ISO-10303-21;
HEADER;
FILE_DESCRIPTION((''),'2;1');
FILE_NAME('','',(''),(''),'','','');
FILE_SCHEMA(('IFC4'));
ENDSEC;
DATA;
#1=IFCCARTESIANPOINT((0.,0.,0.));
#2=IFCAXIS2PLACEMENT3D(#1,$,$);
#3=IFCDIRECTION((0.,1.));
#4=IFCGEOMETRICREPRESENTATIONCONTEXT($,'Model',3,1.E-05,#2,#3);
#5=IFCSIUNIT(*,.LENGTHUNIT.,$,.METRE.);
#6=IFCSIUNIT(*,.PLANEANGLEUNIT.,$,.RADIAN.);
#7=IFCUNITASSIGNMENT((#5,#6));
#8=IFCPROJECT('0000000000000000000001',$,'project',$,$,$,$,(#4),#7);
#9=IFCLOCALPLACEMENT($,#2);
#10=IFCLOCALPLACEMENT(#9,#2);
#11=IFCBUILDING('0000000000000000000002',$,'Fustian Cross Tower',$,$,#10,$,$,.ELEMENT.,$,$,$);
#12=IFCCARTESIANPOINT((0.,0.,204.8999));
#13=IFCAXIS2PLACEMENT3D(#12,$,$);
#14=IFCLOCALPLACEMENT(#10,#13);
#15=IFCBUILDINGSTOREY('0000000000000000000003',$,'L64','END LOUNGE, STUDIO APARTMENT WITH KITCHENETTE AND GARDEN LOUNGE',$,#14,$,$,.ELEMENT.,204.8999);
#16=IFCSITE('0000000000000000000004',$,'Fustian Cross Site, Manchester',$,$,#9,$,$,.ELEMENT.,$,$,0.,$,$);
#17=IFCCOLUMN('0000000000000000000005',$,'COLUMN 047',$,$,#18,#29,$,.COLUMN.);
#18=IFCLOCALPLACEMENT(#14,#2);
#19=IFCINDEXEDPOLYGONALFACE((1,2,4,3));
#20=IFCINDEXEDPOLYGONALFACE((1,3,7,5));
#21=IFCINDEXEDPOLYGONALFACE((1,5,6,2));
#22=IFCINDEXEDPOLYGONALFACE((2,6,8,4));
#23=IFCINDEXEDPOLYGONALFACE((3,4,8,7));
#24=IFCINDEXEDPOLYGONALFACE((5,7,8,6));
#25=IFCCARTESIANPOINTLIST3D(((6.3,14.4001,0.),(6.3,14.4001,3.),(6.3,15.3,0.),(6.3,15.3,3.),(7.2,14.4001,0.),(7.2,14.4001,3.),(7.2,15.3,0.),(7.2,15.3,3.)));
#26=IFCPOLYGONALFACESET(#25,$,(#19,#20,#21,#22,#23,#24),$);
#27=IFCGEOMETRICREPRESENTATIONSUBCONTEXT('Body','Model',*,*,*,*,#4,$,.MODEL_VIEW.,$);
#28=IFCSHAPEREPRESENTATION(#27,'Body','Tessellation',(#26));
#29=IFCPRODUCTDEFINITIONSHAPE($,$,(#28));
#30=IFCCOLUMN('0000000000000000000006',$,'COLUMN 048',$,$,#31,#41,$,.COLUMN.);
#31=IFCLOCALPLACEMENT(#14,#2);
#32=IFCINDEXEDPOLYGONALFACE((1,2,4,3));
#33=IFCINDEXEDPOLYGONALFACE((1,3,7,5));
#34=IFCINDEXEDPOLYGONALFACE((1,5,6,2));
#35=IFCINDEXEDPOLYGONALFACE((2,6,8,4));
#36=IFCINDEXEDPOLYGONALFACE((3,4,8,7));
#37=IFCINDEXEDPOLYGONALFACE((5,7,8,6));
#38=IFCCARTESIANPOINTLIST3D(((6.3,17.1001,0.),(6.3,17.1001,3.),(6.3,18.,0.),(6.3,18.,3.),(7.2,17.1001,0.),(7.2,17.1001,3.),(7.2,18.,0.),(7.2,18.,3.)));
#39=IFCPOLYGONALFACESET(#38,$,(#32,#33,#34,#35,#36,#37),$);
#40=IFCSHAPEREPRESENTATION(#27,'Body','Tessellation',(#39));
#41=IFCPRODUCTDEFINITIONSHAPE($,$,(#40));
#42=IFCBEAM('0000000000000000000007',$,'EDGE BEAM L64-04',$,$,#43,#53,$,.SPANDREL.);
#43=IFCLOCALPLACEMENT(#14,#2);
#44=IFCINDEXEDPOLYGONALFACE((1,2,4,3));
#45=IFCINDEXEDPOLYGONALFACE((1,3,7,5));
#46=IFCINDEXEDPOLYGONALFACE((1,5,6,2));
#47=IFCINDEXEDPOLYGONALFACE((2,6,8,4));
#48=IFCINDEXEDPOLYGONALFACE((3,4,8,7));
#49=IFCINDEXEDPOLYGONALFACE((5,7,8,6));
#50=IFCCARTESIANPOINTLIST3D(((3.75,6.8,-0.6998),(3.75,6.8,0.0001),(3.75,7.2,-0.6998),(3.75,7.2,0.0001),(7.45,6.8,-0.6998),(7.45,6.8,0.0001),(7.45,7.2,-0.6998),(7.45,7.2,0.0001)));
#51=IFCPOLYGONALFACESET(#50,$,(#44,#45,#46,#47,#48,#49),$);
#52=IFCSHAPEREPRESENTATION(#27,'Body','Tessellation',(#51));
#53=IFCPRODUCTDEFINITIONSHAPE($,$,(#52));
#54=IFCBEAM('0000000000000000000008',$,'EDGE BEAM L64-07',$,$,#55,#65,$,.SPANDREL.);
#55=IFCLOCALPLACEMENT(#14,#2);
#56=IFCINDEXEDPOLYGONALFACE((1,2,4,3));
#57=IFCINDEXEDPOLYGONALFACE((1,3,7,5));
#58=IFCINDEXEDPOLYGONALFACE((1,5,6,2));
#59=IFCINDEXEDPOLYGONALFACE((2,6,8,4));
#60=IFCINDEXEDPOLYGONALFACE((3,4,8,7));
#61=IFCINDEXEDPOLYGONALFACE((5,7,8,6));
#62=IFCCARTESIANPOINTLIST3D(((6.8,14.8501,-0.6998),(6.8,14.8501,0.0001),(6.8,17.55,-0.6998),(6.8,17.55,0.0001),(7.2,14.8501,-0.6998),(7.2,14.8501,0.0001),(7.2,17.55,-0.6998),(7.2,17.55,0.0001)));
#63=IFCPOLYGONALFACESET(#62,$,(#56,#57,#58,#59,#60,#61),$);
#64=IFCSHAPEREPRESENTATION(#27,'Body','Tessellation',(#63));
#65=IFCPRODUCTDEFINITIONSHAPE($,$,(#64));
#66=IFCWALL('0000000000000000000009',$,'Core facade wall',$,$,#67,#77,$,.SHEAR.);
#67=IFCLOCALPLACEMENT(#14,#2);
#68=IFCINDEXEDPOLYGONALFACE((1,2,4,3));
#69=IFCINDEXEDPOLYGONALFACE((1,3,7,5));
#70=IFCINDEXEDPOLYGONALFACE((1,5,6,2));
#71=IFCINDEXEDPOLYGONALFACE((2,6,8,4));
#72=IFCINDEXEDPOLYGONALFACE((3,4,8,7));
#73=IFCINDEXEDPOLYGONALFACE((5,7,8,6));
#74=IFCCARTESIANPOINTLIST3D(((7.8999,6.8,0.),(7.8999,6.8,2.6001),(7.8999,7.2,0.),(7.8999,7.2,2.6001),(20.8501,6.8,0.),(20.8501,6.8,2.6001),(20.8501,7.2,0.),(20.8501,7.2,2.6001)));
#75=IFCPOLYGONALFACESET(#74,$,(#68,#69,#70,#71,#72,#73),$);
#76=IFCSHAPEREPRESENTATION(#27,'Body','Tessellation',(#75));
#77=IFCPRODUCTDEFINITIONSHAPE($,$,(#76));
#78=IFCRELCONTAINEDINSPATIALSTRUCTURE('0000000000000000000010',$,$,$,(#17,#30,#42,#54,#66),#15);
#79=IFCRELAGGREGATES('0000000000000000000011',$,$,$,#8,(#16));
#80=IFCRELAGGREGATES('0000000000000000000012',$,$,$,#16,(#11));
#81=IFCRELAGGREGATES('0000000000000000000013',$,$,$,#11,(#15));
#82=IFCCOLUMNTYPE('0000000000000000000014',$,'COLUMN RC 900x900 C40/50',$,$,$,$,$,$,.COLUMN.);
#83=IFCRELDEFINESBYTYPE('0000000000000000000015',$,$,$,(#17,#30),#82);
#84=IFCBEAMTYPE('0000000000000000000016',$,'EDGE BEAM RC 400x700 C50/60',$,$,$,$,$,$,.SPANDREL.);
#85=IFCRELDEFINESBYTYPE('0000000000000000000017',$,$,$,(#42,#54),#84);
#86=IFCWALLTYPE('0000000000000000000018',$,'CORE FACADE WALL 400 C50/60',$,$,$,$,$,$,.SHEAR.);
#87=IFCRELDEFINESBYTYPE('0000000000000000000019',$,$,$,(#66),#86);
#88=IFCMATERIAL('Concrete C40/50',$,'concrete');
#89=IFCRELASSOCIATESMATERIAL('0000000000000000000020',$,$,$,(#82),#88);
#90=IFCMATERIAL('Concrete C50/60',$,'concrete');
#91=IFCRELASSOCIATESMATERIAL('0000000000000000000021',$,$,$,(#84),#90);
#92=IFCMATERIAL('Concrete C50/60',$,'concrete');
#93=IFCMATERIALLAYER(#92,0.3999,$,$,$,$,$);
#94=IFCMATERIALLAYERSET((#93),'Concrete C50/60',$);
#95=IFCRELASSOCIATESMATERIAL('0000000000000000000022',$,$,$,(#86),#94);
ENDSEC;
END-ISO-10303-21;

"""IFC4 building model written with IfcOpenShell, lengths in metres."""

from ifc_helpers import new_model, si_unit, direction, frame, frame_2d, origin, origin_2d, place, context, subcontext, project, spatial, rectangle, extrude, material, layer, layer_set, material_profile, profile_set, type_object, element, save


model = new_model("IFC4")

# Units and contexts
model_context = context("Model", 3, precision=1e-05, world=origin(), true_north=direction((0.0, 1.0)))
body_context = subcontext(model_context, "Body", "Model", "MODEL_VIEW")
ifc_project = project(units=[si_unit("LENGTHUNIT", "METRE"), si_unit("PLANEANGLEUNIT", "RADIAN")], contexts=[model_context])

# Site, building, storey
site_placement = place(None, origin())
site = spatial("IfcSite", under=ifc_project, at=site_placement, Name="Fustian Cross Site, Manchester", CompositionType="ELEMENT", RefElevation=0.0)
building_placement = place(site_placement, origin())
building = spatial("IfcBuilding", under=site, at=building_placement, Name="Fustian Cross Tower", CompositionType="ELEMENT")
storey_placement = place(building_placement, frame((0.0, 0.0, 204.8999)))
storey = spatial("IfcBuildingStorey", under=building, at=storey_placement, Name="L64", Description="END LOUNGE, STUDIO APARTMENT WITH KITCHENETTE AND GARDEN LOUNGE", CompositionType="ELEMENT", Elevation=204.8999)

# Columns
ifc_material_1 = material(Name="Concrete C40/50", Category="concrete")
ifc_material_profile_1 = material_profile(ifc_material_1, rectangle(XDim=0.8999, YDim=0.8999, at=origin_2d()), Name="RC 900x900")
ifc_profile_set_1 = profile_set([ifc_material_profile_1], Name="Concrete C40/50")
column_type = type_object("IfcColumnType", Name="COLUMN RC 900x900 C40/50", PredefinedType="COLUMN", material=ifc_profile_set_1)
for number, where, z_axis, x_axis, name in (
    (1, (6.75, 14.8501, 0.0), (0.0, 0.0, 1.0), (1.0, 0.0, 0.0), "COLUMN 047"),
    (2, (6.75, 17.55, 0.0), (0.0, 0.0, 1.0), (1.0, 0.0, 0.0), "COLUMN 048"),
):
    element("IfcColumn", number, at=place(storey_placement, frame(where, z_axis=z_axis, x_axis=x_axis)), inside=storey, type_object=column_type, Name=name, PredefinedType="COLUMN", context=body_context, shape_type="SweptSolid", body=[
        extrude(rectangle(XDim=0.8999, YDim=0.8999, at=origin_2d()), origin(), (0.0, 0.0, 1.0), 3.0),
    ])

# Beams
ifc_material_2 = material(Name="Concrete C50/60", Category="concrete")
ifc_material_profile_2 = material_profile(ifc_material_2, rectangle(XDim=0.3999, YDim=0.7, at=origin_2d()), Name="RC 400x700")
ifc_profile_set_2 = profile_set([ifc_material_profile_2], Name="Concrete C50/60")
beam_type = type_object("IfcBeamType", Name="EDGE BEAM RC 400x700 C50/60", PredefinedType="SPANDREL", material=ifc_profile_set_2)
beam_1_placement = place(storey_placement, frame((7.45, 7.0, -0.3499), z_axis=(-1.0, 0.0, 0.0), x_axis=(0.0, -1.0, 0.0)))
element("IfcBeam", 3, at=beam_1_placement, inside=storey, type_object=beam_type, Name="EDGE BEAM L64-04", PredefinedType="SPANDREL", context=body_context, shape_type="SweptSolid", body=[
    extrude(rectangle(XDim=0.3999, YDim=0.7, at=origin_2d()), origin(), (0.0, 0.0, 1.0), 3.7),
])
beam_2_placement = place(storey_placement, frame((7.0, 14.8501, -0.3499), z_axis=(0.0, 1.0, 0.0), x_axis=(-1.0, 0.0, 0.0)))
element("IfcBeam", 4, at=beam_2_placement, inside=storey, type_object=beam_type, Name="EDGE BEAM L64-07", PredefinedType="SPANDREL", context=body_context, shape_type="SweptSolid", body=[
    extrude(rectangle(XDim=0.3999, YDim=0.7, at=origin_2d()), origin(), (0.0, 0.0, 1.0), 2.7),
])

# Wall
ifc_material_3 = material(Name="Concrete C50/60", Category="concrete")
ifc_layer_1 = layer(ifc_material_3, 0.3999)
ifc_layer_set_1 = layer_set([ifc_layer_1], Name="Concrete C50/60")
wall_type_1 = type_object("IfcWallType", Name="CORE FACADE WALL 400 C50/60", PredefinedType="SHEAR", material=ifc_layer_set_1)
wall_1_placement = place(storey_placement, frame((7.8999, 7.0, 0.0), z_axis=(0.0, 0.0, 1.0), x_axis=(1.0, 0.0, 0.0)))
element("IfcWall", 5, at=wall_1_placement, inside=storey, type_object=wall_type_1, Name="Core facade wall", PredefinedType="SHEAR", context=body_context, shape_type="SweptSolid", body=[
    extrude(rectangle(XDim=12.9502, YDim=0.3999, at=frame_2d((6.4751, 0.0))), origin(), (0.0, 0.0, 1.0), 2.6001),
])

save(model, "model.ifc")
